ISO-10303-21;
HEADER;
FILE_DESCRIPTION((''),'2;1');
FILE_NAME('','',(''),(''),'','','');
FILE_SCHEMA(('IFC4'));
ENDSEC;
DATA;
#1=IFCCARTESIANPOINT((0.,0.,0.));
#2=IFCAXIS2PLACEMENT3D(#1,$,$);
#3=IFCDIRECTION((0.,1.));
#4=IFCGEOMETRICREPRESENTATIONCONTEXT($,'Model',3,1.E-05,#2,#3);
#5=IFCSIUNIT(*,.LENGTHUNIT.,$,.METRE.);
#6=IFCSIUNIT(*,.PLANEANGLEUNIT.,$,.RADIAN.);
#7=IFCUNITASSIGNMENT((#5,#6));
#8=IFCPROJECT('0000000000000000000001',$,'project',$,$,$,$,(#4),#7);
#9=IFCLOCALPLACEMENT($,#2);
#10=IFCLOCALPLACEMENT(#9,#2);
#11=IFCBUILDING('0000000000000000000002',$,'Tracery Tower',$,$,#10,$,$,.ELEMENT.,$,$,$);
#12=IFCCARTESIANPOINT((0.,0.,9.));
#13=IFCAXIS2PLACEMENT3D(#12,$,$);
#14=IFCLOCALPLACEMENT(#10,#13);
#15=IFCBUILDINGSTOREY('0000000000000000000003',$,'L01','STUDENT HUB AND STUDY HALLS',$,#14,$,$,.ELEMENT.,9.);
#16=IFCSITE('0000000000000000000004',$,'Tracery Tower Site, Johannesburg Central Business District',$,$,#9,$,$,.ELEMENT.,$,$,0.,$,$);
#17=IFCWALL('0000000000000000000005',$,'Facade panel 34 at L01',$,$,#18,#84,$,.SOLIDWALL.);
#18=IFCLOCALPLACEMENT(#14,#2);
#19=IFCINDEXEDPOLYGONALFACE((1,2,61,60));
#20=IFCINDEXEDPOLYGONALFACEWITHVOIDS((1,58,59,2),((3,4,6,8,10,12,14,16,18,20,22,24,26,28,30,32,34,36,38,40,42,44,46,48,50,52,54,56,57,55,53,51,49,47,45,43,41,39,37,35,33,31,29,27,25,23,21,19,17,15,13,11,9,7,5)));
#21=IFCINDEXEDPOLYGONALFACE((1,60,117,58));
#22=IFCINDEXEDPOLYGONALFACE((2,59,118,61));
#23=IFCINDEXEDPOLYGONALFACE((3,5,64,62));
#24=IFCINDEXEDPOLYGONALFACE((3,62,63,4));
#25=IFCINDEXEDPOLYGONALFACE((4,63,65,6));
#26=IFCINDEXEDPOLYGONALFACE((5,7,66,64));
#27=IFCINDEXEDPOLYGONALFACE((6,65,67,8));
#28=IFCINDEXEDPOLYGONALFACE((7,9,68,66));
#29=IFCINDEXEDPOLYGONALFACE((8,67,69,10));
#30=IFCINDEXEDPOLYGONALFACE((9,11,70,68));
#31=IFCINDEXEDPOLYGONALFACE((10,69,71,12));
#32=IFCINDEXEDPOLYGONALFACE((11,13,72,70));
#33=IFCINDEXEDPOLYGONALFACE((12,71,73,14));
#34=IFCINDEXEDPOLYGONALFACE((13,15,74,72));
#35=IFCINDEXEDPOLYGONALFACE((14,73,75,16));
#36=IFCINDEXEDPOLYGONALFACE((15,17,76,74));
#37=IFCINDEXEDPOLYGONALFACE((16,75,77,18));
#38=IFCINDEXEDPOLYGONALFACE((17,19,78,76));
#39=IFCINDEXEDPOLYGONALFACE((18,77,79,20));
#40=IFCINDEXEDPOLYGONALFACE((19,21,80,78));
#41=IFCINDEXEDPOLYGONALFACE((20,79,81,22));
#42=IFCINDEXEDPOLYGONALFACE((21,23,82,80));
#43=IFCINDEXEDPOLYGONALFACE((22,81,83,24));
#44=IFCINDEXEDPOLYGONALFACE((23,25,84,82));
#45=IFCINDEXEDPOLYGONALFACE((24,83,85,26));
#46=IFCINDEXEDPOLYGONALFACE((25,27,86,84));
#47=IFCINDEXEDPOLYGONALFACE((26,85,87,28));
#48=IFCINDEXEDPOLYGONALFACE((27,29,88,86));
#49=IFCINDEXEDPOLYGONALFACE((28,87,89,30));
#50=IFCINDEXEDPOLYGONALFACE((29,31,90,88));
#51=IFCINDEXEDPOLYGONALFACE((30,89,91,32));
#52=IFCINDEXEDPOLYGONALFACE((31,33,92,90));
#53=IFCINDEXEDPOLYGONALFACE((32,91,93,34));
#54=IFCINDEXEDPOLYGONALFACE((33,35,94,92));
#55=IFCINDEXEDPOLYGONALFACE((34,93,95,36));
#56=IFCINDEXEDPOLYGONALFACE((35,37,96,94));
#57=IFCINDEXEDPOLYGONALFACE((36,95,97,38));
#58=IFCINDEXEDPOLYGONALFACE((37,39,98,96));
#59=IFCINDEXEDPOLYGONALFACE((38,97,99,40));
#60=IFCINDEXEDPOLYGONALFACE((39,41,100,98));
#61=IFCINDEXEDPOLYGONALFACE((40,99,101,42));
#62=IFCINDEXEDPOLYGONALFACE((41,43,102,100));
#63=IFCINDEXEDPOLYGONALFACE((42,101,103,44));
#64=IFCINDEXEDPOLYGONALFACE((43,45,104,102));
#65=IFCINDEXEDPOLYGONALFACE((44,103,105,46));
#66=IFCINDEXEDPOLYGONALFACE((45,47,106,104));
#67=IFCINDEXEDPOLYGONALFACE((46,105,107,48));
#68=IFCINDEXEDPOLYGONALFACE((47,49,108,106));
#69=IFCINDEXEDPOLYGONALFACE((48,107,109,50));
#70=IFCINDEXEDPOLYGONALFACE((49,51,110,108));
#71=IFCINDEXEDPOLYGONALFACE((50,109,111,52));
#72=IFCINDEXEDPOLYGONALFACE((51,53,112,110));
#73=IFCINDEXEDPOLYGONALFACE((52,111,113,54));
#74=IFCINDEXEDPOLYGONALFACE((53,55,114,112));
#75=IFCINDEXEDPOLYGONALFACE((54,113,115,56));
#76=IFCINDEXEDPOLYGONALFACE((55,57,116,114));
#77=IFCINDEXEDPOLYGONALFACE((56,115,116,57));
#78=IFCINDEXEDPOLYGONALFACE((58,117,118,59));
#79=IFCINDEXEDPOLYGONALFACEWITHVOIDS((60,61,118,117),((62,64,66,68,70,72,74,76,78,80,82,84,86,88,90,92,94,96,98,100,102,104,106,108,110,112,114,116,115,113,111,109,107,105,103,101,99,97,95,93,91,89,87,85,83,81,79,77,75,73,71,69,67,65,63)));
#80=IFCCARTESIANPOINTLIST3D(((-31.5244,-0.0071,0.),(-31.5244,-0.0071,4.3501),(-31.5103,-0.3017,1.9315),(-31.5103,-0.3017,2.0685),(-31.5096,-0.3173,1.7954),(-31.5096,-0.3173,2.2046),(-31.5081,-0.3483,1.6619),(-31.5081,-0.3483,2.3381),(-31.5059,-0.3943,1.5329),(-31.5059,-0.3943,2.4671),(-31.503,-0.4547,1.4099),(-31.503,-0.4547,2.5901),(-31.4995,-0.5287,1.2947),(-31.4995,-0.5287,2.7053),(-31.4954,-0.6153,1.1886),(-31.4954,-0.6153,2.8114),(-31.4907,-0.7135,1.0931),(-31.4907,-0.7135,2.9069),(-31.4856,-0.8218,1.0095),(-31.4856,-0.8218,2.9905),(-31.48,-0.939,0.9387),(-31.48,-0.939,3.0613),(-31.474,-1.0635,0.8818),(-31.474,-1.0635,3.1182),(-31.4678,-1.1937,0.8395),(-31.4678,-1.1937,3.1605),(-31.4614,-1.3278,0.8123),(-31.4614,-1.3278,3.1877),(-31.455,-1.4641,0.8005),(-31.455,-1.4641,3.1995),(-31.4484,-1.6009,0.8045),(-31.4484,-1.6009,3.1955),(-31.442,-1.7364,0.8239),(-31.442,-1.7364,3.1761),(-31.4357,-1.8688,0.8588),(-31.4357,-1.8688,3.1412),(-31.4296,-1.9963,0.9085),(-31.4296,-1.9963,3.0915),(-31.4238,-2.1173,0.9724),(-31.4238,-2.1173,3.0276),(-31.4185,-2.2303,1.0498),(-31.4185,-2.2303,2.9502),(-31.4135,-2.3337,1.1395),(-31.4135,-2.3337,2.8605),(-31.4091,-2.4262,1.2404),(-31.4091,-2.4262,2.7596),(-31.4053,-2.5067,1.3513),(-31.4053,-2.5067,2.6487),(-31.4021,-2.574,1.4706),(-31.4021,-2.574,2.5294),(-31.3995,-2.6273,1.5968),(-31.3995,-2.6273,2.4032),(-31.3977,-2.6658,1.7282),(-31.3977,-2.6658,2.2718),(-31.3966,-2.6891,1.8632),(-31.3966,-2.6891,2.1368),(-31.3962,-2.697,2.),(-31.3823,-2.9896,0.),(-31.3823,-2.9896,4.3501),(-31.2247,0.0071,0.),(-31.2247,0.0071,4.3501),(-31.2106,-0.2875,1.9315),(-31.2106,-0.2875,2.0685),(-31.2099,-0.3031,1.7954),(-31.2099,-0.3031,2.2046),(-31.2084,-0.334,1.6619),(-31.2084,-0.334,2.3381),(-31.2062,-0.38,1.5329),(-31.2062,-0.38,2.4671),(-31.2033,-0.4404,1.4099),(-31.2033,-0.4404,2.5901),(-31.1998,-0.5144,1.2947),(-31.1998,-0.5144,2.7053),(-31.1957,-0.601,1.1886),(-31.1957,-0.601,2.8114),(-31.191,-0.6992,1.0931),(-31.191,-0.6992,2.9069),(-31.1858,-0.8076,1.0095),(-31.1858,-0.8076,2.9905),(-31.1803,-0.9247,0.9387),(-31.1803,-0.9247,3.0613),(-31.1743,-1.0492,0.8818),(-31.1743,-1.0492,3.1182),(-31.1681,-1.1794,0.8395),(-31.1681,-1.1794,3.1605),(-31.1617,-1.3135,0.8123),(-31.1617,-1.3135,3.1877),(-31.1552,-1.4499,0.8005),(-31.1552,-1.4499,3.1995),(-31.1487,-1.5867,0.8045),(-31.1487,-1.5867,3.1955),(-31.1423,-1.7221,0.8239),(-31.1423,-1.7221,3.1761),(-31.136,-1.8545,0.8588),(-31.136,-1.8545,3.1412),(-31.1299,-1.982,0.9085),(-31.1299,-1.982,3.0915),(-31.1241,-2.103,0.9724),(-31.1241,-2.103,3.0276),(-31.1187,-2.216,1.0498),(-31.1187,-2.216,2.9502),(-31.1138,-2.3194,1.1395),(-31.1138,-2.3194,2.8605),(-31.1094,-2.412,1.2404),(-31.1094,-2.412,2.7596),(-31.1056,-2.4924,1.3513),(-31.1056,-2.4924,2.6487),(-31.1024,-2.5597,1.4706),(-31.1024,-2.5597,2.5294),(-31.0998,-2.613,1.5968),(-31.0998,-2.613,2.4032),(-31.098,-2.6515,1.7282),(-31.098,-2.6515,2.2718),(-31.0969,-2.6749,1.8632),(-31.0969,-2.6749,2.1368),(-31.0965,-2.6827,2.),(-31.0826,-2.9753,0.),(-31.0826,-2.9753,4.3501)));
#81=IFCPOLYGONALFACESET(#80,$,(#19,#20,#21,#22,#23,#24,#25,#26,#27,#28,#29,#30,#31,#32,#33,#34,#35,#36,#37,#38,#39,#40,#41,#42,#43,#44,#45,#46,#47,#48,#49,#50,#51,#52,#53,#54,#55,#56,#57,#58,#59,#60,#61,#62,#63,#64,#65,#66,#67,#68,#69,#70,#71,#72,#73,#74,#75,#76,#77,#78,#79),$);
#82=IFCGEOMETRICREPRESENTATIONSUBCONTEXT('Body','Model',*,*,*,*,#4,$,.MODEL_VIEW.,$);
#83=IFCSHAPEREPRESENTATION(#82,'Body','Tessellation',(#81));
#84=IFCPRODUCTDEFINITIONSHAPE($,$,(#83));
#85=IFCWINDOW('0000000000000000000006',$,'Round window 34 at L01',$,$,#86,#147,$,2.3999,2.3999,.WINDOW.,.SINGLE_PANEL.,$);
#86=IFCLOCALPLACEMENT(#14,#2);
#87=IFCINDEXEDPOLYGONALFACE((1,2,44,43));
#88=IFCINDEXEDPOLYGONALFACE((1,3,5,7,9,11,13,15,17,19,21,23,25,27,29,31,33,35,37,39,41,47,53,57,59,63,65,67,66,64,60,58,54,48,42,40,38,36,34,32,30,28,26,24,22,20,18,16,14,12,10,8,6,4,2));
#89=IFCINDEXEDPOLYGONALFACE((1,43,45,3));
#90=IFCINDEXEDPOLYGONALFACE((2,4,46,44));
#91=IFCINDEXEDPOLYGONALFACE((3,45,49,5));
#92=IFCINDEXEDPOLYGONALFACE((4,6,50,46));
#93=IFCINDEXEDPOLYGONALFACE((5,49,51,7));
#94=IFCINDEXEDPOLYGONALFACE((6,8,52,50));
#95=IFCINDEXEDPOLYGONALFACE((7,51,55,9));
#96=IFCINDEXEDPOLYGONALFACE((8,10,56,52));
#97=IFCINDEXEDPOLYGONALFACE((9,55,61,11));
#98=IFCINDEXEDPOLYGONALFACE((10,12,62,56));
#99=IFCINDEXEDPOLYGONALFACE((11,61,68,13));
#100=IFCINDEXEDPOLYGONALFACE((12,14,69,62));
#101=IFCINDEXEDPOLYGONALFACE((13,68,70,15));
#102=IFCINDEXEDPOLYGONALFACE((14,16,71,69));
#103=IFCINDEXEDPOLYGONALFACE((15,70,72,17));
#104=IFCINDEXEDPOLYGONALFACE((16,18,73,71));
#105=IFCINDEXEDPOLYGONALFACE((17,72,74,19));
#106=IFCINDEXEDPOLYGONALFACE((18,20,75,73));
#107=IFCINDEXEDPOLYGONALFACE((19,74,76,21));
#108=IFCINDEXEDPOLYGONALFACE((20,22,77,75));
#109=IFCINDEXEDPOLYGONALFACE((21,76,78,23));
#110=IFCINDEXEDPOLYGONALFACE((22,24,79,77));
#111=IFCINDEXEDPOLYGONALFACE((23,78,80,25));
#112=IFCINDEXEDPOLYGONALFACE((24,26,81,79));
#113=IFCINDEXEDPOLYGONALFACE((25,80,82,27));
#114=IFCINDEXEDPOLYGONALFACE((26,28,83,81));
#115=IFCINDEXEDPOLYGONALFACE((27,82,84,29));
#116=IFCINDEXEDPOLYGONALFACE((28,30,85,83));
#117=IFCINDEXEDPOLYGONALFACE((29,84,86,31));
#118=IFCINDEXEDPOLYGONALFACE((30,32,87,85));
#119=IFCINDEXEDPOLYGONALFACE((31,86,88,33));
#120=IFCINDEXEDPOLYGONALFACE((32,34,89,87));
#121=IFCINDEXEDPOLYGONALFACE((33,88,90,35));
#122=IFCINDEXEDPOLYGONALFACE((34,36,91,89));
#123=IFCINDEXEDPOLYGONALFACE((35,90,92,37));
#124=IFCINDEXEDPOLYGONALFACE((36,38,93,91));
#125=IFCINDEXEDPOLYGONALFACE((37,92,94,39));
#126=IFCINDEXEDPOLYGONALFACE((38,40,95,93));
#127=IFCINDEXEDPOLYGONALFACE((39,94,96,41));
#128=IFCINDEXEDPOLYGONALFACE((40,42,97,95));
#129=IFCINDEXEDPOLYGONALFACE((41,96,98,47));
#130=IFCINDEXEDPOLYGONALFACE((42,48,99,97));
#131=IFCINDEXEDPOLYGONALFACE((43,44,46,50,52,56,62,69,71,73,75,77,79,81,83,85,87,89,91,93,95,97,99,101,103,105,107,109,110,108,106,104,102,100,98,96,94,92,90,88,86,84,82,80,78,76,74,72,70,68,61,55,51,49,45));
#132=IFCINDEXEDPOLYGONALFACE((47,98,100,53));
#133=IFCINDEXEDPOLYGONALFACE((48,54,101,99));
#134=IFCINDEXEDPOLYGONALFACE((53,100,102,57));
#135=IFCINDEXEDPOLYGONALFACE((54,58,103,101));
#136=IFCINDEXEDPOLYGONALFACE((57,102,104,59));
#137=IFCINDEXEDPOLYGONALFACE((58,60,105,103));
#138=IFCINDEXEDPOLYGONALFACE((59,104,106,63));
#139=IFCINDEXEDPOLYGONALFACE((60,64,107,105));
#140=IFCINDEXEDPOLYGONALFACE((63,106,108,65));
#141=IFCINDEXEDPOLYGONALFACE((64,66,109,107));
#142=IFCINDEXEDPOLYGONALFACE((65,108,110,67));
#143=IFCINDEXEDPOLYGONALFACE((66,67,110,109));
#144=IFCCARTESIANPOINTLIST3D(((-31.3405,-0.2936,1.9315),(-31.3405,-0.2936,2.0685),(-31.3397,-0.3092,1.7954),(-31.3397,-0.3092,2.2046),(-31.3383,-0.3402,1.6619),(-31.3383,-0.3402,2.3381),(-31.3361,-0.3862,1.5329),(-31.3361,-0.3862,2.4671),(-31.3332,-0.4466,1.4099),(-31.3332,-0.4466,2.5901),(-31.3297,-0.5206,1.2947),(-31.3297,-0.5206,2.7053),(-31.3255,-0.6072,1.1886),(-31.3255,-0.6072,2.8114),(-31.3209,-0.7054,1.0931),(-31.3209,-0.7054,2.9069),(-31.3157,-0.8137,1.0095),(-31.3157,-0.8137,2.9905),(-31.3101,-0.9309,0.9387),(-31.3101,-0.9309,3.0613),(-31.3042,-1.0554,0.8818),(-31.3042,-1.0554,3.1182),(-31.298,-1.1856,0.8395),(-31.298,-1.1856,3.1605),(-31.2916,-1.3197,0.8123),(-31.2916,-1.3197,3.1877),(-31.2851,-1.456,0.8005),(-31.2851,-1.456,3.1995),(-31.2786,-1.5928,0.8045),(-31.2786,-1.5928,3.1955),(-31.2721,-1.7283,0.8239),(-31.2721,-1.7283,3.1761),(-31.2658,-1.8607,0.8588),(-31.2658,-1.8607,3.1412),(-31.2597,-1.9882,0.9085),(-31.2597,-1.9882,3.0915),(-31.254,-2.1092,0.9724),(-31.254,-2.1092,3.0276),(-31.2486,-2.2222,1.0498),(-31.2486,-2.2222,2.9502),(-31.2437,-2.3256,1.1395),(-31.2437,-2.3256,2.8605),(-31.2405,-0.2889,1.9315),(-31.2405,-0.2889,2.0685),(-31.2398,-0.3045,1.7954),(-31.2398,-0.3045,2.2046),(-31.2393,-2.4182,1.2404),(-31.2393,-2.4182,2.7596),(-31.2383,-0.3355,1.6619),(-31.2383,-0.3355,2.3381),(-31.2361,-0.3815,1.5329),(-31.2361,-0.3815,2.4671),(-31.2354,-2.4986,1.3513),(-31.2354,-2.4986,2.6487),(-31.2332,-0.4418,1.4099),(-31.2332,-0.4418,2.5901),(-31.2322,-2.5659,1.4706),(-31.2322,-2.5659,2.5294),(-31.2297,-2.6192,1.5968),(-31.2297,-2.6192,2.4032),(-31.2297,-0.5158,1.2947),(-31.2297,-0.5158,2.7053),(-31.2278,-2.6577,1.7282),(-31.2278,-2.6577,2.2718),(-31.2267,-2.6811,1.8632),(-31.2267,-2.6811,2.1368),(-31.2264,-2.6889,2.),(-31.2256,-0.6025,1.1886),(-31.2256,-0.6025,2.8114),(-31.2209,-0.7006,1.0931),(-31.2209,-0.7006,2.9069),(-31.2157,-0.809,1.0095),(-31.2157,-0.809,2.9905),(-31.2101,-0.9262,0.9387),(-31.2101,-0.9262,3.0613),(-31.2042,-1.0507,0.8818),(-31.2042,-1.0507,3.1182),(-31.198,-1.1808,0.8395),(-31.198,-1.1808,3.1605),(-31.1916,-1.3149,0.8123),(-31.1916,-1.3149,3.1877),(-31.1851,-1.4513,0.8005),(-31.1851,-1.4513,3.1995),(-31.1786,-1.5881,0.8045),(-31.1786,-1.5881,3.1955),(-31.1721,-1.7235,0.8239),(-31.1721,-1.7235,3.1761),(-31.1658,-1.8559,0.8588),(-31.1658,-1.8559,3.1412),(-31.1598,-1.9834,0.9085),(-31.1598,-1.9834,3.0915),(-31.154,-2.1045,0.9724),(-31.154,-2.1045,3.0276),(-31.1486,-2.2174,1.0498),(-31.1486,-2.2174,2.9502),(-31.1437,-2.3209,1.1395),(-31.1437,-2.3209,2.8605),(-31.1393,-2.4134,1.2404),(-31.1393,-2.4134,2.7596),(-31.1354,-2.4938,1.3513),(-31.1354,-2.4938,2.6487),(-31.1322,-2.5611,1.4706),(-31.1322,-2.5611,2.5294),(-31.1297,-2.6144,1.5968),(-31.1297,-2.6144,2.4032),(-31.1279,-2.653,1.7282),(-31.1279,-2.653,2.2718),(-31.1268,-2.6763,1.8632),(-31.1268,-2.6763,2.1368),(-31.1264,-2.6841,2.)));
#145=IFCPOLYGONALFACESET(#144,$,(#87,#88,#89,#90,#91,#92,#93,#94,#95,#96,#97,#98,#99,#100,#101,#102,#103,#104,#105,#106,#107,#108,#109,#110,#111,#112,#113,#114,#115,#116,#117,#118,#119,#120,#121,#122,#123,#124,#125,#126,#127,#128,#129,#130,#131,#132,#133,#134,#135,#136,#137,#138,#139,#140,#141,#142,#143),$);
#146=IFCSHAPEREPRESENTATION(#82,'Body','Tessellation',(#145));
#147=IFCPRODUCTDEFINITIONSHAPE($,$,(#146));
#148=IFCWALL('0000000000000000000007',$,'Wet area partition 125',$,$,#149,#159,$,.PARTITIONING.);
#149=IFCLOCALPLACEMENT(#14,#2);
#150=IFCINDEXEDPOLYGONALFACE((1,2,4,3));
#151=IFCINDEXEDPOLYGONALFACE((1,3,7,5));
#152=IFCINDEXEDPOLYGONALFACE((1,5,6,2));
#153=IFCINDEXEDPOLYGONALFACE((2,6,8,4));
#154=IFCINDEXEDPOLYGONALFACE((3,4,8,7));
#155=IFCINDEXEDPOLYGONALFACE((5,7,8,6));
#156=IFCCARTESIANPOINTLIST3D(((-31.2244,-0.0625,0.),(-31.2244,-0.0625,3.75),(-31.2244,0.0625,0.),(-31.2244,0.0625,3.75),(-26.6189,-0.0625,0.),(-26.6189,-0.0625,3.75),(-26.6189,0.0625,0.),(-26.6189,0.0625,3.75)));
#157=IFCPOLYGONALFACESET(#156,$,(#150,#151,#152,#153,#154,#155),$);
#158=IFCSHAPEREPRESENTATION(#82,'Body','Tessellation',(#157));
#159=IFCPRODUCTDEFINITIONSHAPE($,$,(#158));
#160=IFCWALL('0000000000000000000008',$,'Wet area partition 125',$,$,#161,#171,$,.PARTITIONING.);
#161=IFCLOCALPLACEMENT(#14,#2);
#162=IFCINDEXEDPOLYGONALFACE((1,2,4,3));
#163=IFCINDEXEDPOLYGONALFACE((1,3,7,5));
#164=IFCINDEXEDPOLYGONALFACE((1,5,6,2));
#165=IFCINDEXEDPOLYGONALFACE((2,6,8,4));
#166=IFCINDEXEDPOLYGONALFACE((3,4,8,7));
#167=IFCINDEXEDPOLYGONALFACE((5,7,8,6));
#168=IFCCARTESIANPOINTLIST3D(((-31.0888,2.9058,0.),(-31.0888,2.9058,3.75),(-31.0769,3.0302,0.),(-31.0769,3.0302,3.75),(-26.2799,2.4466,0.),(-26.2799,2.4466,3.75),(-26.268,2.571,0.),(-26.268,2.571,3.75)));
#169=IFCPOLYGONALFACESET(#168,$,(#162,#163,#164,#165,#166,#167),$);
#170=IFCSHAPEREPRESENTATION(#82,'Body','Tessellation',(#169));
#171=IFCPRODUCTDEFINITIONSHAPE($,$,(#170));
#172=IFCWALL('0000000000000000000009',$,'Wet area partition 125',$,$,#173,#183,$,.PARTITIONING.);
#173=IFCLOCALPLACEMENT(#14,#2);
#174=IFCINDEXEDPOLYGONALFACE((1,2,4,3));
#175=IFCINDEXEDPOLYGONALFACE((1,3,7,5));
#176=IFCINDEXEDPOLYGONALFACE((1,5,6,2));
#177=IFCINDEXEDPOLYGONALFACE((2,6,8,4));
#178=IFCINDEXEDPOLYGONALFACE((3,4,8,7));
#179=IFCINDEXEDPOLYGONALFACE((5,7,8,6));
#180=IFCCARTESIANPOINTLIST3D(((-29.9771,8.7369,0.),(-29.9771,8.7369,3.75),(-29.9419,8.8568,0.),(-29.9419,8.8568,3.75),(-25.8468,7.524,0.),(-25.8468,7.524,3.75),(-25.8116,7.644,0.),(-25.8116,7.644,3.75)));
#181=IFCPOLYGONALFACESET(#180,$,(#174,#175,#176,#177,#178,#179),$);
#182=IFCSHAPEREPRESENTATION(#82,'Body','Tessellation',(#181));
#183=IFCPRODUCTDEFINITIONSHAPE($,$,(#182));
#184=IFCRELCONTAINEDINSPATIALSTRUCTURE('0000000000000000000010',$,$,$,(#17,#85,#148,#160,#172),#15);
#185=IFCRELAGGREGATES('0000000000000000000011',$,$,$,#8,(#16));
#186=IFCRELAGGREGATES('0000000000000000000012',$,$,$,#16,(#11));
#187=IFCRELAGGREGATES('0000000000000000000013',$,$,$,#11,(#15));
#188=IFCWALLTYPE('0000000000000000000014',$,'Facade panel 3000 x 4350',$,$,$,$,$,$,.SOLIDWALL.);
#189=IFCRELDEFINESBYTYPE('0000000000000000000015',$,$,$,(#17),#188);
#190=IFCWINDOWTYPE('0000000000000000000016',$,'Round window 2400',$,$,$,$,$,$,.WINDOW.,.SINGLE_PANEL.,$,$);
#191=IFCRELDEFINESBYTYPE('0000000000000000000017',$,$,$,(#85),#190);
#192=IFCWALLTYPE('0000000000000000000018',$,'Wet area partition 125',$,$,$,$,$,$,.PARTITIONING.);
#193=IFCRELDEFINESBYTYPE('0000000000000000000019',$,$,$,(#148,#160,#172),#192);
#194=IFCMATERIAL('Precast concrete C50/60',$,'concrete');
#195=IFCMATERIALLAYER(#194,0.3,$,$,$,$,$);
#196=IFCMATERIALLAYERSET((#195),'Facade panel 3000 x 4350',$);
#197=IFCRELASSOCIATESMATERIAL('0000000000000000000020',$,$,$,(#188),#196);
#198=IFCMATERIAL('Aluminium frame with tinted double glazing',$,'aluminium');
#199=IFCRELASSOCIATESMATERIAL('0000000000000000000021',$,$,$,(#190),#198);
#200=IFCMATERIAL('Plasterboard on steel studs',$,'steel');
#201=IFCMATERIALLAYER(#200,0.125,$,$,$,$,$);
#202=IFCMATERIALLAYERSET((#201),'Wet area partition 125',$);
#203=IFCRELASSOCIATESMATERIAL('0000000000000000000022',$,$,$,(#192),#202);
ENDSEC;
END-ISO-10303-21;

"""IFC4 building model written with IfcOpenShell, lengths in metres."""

from ifc_helpers import new_model, si_unit, direction, frame, frame_2d, origin, origin_2d, place, context, subcontext, project, spatial, rectangle, circle, extrude, material, layer, layer_set, type_object, element, fill, save


model = new_model("IFC4")

# Units and contexts
model_context = context("Model", 3, precision=1e-05, world=origin(), true_north=direction((0.0, 1.0)))
body_context = subcontext(model_context, "Body", "Model", "MODEL_VIEW")
ifc_project = project(units=[si_unit("LENGTHUNIT", "METRE"), si_unit("PLANEANGLEUNIT", "RADIAN")], contexts=[model_context])

# Site, building, storey
site_placement = place(None, origin())
site = spatial("IfcSite", under=ifc_project, at=site_placement, Name="Tracery Tower Site, Johannesburg Central Business District", CompositionType="ELEMENT", RefElevation=0.0)
building_placement = place(site_placement, origin())
building = spatial("IfcBuilding", under=site, at=building_placement, Name="Tracery Tower", CompositionType="ELEMENT")
storey_placement = place(building_placement, frame((0.0, 0.0, 9.0)))
storey = spatial("IfcBuildingStorey", under=building, at=storey_placement, Name="L01", Description="STUDENT HUB AND STUDY HALLS", CompositionType="ELEMENT", Elevation=9.0)

# Wall, opening, window
ifc_material_1 = material(Name="Precast concrete C50/60", Category="concrete")
ifc_layer_1 = layer(ifc_material_1, 0.3)
ifc_layer_set_1 = layer_set([ifc_layer_1], Name="Facade panel 3000 x 4350")
wall_type_1 = type_object("IfcWallType", Name="Facade panel 3000 x 4350", PredefinedType="SOLIDWALL", material=ifc_layer_set_1)
ifc_material_2 = material(Name="Aluminium frame with tinted double glazing", Category="aluminium")
window_type = type_object("IfcWindowType", Name="Round window 2400", PartitioningType="SINGLE_PANEL", PredefinedType="WINDOW", material=ifc_material_2)
wall_1_placement = place(storey_placement, frame((-31.3745, 0.0, 0.0), z_axis=(0.0, 0.0, 1.0), x_axis=(0.047588, -0.998867, 0.0)))
wall_1 = element("IfcWall", 1, at=wall_1_placement, inside=storey, type_object=wall_type_1, Name="Facade panel 34 at L01", PredefinedType="SOLIDWALL", context=body_context, shape_type="SweptSolid", body=[
    extrude(rectangle(XDim=2.9858, YDim=0.3, at=frame_2d((1.4929, 0.0))), origin(), (0.0, 0.0, 1.0), 4.3501),
])
opening_1_placement = place(wall_1_placement, frame((1.4929, 0.0, 2.0)))
opening_1 = element("IfcOpeningElement", 2, at=opening_1_placement, cuts=wall_1, PredefinedType="OPENING", context=body_context, shape_type="SweptSolid", body=[
    extrude(circle(Radius=1.2, at=origin_2d()), frame((0.0, 0.1599, 0.0), z_axis=(0.0, -1.0, 0.0), x_axis=(1.0, 0.0, 0.0)), (0.0, 0.0, 1.0), 0.3201),
])
window_1_placement = place(opening_1_placement, origin())
window_1 = element("IfcWindow", 3, at=window_1_placement, inside=storey, type_object=window_type, Name="Round window 34 at L01", OverallHeight=2.3999, OverallWidth=2.3999, PartitioningType="SINGLE_PANEL", PredefinedType="WINDOW", context=body_context, shape_type="SweptSolid", body=[
    extrude(circle(Radius=1.2, at=origin_2d()), frame((0.0, 0.1201, 0.0), z_axis=(0.0, -1.0, 0.0), x_axis=(1.0, 0.0, 0.0)), (0.0, 0.0, 1.0), 0.1001),
])
fill(opening_1, window_1)

# Walls
ifc_material_3 = material(Name="Plasterboard on steel studs", Category="steel")
ifc_layer_2 = layer(ifc_material_3, 0.125)
ifc_layer_set_2 = layer_set([ifc_layer_2], Name="Wet area partition 125")
wall_type_2 = type_object("IfcWallType", Name="Wet area partition 125", PredefinedType="PARTITIONING", material=ifc_layer_set_2)
wall_2_placement = place(storey_placement, frame((-31.2244, 0.0, 0.0), z_axis=(0.0, 0.0, 1.0), x_axis=(1.0, 0.0, 0.0)))
element("IfcWall", 4, at=wall_2_placement, inside=storey, type_object=wall_type_2, Name="Wet area partition 125", PredefinedType="PARTITIONING", context=body_context, shape_type="SweptSolid", body=[
    extrude(rectangle(XDim=4.6055, YDim=0.125, at=frame_2d((2.3027, 0.0))), origin(), (0.0, 0.0, 1.0), 3.75),
])
wall_3_placement = place(storey_placement, frame((-31.083, 2.968, 0.0), z_axis=(0.0, 0.0, 1.0), x_axis=(0.995471, -0.095064, 0.0)))
element("IfcWall", 5, at=wall_3_placement, inside=storey, type_object=wall_type_2, Name="Wet area partition 125", PredefinedType="PARTITIONING", context=body_context, shape_type="SweptSolid", body=[
    extrude(rectangle(XDim=4.8308, YDim=0.125, at=frame_2d((2.4155, 0.0))), origin(), (0.0, 0.0, 1.0), 3.75),
])
wall_4_placement = place(storey_placement, frame((-29.9595, 8.7969, 0.0), z_axis=(0.0, 0.0, 1.0), x_axis=(0.959486, -0.281755, 0.0)))
element("IfcWall", 6, at=wall_4_placement, inside=storey, type_object=wall_type_2, Name="Wet area partition 125", PredefinedType="PARTITIONING", context=body_context, shape_type="SweptSolid", body=[
    extrude(rectangle(XDim=4.3047, YDim=0.125, at=frame_2d((2.1523, 0.0))), origin(), (0.0, 0.0, 1.0), 3.75),
])

save(model, "model.ifc")
